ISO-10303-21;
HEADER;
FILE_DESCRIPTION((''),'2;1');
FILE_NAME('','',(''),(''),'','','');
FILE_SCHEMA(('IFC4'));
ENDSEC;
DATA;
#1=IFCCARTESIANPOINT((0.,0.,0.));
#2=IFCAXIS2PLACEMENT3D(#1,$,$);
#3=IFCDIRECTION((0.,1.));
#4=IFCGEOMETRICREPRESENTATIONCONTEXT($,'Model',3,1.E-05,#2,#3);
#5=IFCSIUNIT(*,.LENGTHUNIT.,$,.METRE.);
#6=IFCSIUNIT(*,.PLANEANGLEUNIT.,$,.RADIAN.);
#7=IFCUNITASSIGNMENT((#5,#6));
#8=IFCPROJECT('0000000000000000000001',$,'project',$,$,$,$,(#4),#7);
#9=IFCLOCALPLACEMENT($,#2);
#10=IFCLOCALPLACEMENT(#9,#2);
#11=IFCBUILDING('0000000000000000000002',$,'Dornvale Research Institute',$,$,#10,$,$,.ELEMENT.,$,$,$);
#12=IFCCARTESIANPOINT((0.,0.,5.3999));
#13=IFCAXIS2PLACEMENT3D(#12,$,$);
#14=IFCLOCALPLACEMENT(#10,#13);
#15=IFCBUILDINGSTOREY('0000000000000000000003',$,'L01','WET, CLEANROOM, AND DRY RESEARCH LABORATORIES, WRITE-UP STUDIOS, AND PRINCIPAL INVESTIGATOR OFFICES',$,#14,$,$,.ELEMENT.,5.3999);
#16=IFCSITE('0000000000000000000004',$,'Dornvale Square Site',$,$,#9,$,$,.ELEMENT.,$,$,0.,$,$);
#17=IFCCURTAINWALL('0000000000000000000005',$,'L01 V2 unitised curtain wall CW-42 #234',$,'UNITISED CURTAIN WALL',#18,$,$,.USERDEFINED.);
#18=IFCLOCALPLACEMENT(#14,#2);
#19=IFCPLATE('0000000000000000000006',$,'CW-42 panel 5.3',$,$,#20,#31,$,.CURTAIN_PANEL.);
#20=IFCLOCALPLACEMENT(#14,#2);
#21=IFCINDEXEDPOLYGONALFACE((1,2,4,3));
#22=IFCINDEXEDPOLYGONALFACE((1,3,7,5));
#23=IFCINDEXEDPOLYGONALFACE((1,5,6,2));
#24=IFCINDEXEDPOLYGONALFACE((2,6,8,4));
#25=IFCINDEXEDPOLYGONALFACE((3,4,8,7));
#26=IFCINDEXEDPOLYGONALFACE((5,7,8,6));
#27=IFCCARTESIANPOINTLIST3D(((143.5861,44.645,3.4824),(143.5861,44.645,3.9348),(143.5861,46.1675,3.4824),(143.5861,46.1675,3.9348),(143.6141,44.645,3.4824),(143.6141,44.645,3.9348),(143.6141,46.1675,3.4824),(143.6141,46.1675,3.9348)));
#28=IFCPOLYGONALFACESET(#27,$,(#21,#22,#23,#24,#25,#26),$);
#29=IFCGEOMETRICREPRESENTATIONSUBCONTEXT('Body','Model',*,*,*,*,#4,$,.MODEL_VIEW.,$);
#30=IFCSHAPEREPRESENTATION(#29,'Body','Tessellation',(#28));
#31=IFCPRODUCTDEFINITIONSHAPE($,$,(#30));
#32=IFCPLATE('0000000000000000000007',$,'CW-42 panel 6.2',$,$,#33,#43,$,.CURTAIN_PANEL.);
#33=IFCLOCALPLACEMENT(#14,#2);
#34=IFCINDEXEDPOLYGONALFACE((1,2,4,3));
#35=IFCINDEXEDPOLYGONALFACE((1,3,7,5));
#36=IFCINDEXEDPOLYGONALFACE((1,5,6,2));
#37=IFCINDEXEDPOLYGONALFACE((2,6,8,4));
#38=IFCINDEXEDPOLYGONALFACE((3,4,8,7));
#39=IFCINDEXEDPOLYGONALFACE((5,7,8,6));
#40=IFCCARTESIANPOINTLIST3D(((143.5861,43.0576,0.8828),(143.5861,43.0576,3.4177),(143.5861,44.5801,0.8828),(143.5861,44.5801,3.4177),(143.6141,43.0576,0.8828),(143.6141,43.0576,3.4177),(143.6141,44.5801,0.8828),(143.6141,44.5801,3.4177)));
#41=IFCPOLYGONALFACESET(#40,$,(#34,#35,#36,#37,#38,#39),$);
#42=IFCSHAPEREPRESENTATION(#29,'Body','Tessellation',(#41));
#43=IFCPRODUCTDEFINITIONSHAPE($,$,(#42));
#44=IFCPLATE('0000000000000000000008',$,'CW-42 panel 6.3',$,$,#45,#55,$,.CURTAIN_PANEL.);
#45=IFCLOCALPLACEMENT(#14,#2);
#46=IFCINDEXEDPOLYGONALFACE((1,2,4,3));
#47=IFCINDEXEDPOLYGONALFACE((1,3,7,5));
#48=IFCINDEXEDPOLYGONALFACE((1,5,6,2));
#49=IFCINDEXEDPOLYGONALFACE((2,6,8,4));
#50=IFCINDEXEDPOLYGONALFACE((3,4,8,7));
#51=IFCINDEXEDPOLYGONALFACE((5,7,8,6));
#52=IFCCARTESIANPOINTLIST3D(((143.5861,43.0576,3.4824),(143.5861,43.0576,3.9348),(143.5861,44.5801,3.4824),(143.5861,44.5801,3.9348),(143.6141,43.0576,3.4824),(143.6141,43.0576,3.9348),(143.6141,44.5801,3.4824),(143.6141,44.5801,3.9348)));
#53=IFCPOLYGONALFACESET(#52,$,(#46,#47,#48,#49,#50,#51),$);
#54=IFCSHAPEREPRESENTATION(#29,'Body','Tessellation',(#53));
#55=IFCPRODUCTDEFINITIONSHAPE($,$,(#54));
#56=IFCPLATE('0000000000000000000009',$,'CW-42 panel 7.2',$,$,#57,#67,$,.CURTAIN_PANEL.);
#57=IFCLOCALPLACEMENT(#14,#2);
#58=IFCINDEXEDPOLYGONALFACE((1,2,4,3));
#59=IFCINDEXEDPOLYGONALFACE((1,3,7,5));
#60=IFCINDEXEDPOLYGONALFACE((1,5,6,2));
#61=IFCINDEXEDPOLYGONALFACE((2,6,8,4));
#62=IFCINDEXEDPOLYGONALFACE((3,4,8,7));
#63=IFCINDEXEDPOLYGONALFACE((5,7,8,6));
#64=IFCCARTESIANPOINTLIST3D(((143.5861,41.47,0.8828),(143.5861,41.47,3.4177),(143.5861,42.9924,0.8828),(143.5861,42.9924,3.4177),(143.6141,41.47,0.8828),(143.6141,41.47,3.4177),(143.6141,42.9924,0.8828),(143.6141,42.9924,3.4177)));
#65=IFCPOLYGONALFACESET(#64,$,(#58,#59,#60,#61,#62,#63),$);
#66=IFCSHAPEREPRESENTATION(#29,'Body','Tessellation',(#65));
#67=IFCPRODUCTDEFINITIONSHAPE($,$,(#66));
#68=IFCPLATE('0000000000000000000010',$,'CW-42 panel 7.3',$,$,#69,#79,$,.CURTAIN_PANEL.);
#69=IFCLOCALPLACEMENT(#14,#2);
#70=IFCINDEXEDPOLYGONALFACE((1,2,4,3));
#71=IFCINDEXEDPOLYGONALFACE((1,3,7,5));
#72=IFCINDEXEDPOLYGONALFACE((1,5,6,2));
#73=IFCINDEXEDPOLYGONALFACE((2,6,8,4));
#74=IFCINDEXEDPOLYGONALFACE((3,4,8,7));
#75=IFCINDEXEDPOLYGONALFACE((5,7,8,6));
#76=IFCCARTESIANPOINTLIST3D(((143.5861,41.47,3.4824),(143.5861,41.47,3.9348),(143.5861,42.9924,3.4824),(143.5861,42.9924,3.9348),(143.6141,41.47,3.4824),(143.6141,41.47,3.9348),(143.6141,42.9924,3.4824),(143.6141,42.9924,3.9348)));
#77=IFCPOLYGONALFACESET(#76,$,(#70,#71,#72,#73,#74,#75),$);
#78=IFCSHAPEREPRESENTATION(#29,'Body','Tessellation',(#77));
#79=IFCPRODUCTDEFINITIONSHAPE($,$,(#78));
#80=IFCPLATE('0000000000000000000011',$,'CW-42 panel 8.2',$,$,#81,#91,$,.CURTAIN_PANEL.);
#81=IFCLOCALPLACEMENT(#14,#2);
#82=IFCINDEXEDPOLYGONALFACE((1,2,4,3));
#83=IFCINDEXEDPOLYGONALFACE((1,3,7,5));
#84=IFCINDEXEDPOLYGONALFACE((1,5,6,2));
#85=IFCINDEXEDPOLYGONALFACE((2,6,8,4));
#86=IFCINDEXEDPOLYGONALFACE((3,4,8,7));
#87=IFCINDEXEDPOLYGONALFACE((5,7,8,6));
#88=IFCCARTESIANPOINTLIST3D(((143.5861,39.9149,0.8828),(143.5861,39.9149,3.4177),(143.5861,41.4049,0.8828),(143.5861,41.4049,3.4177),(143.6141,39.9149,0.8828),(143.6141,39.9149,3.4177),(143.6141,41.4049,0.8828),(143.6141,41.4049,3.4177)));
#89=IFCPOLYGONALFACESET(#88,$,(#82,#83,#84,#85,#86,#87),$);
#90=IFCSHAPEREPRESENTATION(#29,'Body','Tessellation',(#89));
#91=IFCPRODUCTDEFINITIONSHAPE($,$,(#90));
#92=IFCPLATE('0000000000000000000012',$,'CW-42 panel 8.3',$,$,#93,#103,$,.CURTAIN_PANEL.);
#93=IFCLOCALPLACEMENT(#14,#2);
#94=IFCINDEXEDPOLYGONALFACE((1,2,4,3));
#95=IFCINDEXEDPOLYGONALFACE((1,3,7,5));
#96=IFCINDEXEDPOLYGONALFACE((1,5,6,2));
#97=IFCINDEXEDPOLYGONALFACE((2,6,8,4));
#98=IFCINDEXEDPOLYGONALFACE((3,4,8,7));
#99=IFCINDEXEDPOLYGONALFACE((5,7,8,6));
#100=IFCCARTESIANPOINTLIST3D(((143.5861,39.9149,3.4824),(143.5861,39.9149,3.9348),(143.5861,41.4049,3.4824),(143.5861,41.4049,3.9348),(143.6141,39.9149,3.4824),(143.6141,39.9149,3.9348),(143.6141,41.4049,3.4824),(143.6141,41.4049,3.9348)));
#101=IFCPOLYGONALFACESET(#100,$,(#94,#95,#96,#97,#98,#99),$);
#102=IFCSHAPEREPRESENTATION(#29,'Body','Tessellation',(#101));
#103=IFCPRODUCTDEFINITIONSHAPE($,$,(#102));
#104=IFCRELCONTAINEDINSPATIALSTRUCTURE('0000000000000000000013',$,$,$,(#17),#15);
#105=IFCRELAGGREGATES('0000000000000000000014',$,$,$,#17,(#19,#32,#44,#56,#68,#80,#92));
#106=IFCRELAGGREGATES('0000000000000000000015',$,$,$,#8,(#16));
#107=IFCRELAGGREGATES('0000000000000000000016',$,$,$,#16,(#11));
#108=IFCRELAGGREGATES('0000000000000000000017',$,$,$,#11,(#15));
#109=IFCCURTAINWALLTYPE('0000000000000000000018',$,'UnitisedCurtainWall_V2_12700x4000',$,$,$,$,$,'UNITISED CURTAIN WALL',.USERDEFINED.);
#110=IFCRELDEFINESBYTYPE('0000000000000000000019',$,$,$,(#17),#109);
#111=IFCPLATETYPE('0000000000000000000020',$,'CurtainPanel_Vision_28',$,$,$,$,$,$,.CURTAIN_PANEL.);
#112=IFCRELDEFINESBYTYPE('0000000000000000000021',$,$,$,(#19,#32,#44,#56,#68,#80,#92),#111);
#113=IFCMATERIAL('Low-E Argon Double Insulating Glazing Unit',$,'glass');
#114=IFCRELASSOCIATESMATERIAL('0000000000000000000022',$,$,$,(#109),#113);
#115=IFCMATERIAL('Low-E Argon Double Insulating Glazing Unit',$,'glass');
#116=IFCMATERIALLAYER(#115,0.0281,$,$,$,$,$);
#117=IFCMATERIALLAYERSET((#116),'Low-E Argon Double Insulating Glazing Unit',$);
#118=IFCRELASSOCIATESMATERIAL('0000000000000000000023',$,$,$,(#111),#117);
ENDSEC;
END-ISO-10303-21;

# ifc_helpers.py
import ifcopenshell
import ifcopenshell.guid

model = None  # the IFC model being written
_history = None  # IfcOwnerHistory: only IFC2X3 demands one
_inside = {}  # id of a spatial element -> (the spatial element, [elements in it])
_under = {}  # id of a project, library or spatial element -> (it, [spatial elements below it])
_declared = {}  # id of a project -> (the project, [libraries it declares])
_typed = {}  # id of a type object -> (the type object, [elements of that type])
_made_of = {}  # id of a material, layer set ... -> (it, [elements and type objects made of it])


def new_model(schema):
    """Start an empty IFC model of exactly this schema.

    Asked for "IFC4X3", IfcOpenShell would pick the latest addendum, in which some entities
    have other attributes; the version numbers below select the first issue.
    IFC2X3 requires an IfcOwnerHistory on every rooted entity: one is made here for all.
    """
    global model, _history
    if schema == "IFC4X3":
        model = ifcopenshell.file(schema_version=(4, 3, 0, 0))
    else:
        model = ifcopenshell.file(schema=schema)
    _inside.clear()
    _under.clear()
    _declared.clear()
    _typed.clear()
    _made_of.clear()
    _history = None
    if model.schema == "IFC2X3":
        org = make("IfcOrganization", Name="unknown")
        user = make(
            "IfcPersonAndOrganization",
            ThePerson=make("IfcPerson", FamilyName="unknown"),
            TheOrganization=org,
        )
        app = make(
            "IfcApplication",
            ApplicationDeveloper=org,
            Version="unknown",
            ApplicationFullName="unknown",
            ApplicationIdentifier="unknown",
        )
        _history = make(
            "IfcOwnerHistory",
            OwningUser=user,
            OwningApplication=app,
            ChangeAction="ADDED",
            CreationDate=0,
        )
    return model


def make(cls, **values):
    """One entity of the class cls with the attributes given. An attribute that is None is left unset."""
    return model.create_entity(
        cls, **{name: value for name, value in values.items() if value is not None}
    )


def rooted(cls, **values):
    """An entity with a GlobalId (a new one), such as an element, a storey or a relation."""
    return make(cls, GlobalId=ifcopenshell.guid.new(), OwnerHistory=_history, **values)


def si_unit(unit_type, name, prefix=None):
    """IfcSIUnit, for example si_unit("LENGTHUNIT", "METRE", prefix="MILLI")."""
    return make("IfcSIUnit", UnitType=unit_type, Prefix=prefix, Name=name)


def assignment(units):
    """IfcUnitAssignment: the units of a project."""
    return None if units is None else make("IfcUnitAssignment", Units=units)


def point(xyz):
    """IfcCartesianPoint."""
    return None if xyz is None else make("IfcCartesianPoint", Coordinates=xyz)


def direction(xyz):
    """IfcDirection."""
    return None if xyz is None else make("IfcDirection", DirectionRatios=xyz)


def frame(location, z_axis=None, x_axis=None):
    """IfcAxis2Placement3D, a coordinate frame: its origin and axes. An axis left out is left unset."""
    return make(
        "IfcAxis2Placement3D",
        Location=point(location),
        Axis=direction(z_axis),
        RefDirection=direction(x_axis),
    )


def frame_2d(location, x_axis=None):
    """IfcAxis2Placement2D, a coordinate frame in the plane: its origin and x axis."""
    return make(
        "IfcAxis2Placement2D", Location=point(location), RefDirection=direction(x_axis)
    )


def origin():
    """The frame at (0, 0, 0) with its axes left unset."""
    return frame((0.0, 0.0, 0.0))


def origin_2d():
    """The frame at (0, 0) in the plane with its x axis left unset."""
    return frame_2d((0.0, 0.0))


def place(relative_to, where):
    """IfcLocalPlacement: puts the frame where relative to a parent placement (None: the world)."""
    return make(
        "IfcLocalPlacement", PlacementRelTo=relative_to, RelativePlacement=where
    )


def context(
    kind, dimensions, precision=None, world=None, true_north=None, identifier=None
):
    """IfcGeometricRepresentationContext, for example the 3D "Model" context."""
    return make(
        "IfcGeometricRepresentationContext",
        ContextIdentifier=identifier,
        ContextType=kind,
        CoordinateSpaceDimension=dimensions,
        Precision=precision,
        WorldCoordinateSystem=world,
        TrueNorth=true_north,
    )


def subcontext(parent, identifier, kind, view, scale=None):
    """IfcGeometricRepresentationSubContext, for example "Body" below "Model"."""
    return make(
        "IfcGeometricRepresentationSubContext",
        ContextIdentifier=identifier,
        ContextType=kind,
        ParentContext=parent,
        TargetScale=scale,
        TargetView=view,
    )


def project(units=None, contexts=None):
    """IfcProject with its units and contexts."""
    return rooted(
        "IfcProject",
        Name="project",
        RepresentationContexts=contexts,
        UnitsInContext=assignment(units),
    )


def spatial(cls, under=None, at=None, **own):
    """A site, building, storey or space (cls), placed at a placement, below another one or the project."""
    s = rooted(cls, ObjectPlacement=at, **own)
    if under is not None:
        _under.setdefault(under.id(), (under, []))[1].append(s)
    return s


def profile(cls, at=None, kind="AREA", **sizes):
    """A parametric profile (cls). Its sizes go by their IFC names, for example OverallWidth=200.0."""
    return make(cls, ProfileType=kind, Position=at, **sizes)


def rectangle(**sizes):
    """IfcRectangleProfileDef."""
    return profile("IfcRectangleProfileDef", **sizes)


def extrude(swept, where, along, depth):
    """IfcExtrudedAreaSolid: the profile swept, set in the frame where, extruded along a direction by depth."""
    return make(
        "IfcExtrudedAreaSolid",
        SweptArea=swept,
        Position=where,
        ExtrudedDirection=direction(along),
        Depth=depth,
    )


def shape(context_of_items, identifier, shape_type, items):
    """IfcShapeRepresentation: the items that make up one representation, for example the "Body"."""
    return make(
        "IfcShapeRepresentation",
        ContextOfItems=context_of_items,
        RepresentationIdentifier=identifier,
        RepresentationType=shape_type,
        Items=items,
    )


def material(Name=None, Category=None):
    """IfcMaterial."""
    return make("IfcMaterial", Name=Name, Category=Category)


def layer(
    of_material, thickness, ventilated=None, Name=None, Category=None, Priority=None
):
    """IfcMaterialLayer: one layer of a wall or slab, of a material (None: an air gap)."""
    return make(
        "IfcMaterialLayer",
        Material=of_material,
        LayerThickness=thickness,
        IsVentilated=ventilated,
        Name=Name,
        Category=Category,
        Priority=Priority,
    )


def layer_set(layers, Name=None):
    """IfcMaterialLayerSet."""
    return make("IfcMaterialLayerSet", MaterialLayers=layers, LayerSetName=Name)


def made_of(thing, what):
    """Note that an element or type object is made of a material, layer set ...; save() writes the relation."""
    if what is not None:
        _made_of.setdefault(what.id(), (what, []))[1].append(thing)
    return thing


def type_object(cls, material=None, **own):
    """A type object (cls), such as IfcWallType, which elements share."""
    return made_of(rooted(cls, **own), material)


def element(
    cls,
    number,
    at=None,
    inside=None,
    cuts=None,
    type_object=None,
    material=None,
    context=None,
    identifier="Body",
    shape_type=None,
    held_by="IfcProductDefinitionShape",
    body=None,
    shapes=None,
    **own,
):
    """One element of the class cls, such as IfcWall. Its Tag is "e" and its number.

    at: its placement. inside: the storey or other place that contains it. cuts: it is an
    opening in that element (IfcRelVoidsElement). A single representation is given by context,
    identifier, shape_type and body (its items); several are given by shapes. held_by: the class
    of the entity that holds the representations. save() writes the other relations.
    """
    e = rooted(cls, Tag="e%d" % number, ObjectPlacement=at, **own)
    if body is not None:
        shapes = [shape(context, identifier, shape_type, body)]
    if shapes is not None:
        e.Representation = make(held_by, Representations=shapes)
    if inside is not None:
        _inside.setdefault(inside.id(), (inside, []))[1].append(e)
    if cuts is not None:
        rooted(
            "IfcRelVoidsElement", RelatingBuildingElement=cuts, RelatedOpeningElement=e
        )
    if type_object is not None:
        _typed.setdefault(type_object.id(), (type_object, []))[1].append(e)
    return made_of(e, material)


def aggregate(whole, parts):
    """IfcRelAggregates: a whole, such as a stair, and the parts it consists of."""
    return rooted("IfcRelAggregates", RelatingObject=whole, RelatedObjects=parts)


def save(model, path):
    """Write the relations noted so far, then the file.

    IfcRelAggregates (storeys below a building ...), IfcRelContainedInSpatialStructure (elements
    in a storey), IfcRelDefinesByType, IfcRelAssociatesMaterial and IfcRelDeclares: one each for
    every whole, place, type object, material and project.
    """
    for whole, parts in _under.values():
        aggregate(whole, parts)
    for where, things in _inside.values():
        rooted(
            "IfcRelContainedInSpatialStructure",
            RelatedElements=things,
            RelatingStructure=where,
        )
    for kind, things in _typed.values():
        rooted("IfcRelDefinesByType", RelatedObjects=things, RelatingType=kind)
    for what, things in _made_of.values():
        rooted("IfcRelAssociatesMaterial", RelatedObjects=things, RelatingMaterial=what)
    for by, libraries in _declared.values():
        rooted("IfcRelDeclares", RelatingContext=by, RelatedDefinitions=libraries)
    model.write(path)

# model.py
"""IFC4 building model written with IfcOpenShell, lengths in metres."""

from ifc_helpers import new_model, si_unit, direction, frame, origin, origin_2d, place, context, subcontext, project, spatial, rectangle, extrude, material, layer, layer_set, type_object, element, aggregate, save


model = new_model("IFC4")

# Units and contexts
model_context = context("Model", 3, precision=1e-05, world=origin(), true_north=direction((0.0, 1.0)))
body_context = subcontext(model_context, "Body", "Model", "MODEL_VIEW")
ifc_project = project(units=[si_unit("LENGTHUNIT", "METRE"), si_unit("PLANEANGLEUNIT", "RADIAN")], contexts=[model_context])

# Site, building, storey
site_placement = place(None, origin())
site = spatial("IfcSite", under=ifc_project, at=site_placement, Name="Dornvale Square Site", CompositionType="ELEMENT", RefElevation=0.0)
building_placement = place(site_placement, origin())
building = spatial("IfcBuilding", under=site, at=building_placement, Name="Dornvale Research Institute", CompositionType="ELEMENT")
storey_placement = place(building_placement, frame((0.0, 0.0, 5.3999)))
storey = spatial("IfcBuildingStorey", under=building, at=storey_placement, Name="L01", Description="WET, CLEANROOM, AND DRY RESEARCH LABORATORIES, WRITE-UP STUDIOS, AND PRINCIPAL INVESTIGATOR OFFICES", CompositionType="ELEMENT", Elevation=5.3999)

# Curtain wall
ifc_material_1 = material(Name="Low-E Argon Double Insulating Glazing Unit", Category="glass")
curtain_wall_type_1 = type_object("IfcCurtainWallType", Name="UnitisedCurtainWall_V2_12700x4000", ElementType="UNITISED CURTAIN WALL", PredefinedType="USERDEFINED", material=ifc_material_1)
curtain_wall_1_placement = place(storey_placement, origin())
curtain_wall_1 = element("IfcCurtainWall", 1, at=curtain_wall_1_placement, inside=storey, type_object=curtain_wall_type_1, Name="L01 V2 unitised curtain wall CW-42 #234", ObjectType="UNITISED CURTAIN WALL", PredefinedType="USERDEFINED")

# Plates
ifc_material_2 = material(Name="Low-E Argon Double Insulating Glazing Unit", Category="glass")
ifc_layer_1 = layer(ifc_material_2, 0.0281)
ifc_layer_set_1 = layer_set([ifc_layer_1], Name="Low-E Argon Double Insulating Glazing Unit")
plate_type_1 = type_object("IfcPlateType", Name="CurtainPanel_Vision_28", PredefinedType="CURTAIN_PANEL", material=ifc_layer_set_1)
plate_1_placement = place(storey_placement, frame((143.6001, 45.4062, 3.4824), z_axis=(0.0, 0.0, 1.0), x_axis=(0.0, -1.0, 0.0)))
plate_1 = element("IfcPlate", 2, at=plate_1_placement, type_object=plate_type_1, Name="CW-42 panel 5.3", PredefinedType="CURTAIN_PANEL", context=body_context, shape_type="SweptSolid", body=[
    extrude(rectangle(XDim=1.5225, YDim=0.0281, at=origin_2d()), origin(), (0.0, 0.0, 1.0), 0.4524),
])
plate_2_placement = place(storey_placement, frame((143.6001, 43.8188, 0.8828), z_axis=(0.0, 0.0, 1.0), x_axis=(0.0, -1.0, 0.0)))
plate_2 = element("IfcPlate", 3, at=plate_2_placement, type_object=plate_type_1, Name="CW-42 panel 6.2", PredefinedType="CURTAIN_PANEL", context=body_context, shape_type="SweptSolid", body=[
    extrude(rectangle(XDim=1.5225, YDim=0.0281, at=origin_2d()), origin(), (0.0, 0.0, 1.0), 2.5349),
])
plate_3_placement = place(storey_placement, frame((143.6001, 43.8188, 3.4824), z_axis=(0.0, 0.0, 1.0), x_axis=(0.0, -1.0, 0.0)))
plate_3 = element("IfcPlate", 4, at=plate_3_placement, type_object=plate_type_1, Name="CW-42 panel 6.3", PredefinedType="CURTAIN_PANEL", context=body_context, shape_type="SweptSolid", body=[
    extrude(rectangle(XDim=1.5225, YDim=0.0281, at=origin_2d()), origin(), (0.0, 0.0, 1.0), 0.4524),
])
plate_4_placement = place(storey_placement, frame((143.6001, 42.2312, 0.8828), z_axis=(0.0, 0.0, 1.0), x_axis=(0.0, -1.0, 0.0)))
plate_4 = element("IfcPlate", 5, at=plate_4_placement, type_object=plate_type_1, Name="CW-42 panel 7.2", PredefinedType="CURTAIN_PANEL", context=body_context, shape_type="SweptSolid", body=[
    extrude(rectangle(XDim=1.5225, YDim=0.0281, at=origin_2d()), origin(), (0.0, 0.0, 1.0), 2.5349),
])
plate_5_placement = place(storey_placement, frame((143.6001, 42.2312, 3.4824), z_axis=(0.0, 0.0, 1.0), x_axis=(0.0, -1.0, 0.0)))
plate_5 = element("IfcPlate", 6, at=plate_5_placement, type_object=plate_type_1, Name="CW-42 panel 7.3", PredefinedType="CURTAIN_PANEL", context=body_context, shape_type="SweptSolid", body=[
    extrude(rectangle(XDim=1.5225, YDim=0.0281, at=origin_2d()), origin(), (0.0, 0.0, 1.0), 0.4524),
])
plate_6_placement = place(storey_placement, frame((143.6001, 40.6599, 0.8828), z_axis=(0.0, 0.0, 1.0), x_axis=(0.0, -1.0, 0.0)))
plate_6 = element("IfcPlate", 7, at=plate_6_placement, type_object=plate_type_1, Name="CW-42 panel 8.2", PredefinedType="CURTAIN_PANEL", context=body_context, shape_type="SweptSolid", body=[
    extrude(rectangle(XDim=1.49, YDim=0.0281, at=origin_2d()), origin(), (0.0, 0.0, 1.0), 2.5349),
])
plate_7_placement = place(storey_placement, frame((143.6001, 40.6599, 3.4824), z_axis=(0.0, 0.0, 1.0), x_axis=(0.0, -1.0, 0.0)))
plate_7 = element("IfcPlate", 8, at=plate_7_placement, type_object=plate_type_1, Name="CW-42 panel 8.3", PredefinedType="CURTAIN_PANEL", context=body_context, shape_type="SweptSolid", body=[
    extrude(rectangle(XDim=1.49, YDim=0.0281, at=origin_2d()), origin(), (0.0, 0.0, 1.0), 0.4524),
])
aggregate(curtain_wall_1, [plate_1, plate_2, plate_3, plate_4, plate_5, plate_6, plate_7])

save(model, "model.ifc")
